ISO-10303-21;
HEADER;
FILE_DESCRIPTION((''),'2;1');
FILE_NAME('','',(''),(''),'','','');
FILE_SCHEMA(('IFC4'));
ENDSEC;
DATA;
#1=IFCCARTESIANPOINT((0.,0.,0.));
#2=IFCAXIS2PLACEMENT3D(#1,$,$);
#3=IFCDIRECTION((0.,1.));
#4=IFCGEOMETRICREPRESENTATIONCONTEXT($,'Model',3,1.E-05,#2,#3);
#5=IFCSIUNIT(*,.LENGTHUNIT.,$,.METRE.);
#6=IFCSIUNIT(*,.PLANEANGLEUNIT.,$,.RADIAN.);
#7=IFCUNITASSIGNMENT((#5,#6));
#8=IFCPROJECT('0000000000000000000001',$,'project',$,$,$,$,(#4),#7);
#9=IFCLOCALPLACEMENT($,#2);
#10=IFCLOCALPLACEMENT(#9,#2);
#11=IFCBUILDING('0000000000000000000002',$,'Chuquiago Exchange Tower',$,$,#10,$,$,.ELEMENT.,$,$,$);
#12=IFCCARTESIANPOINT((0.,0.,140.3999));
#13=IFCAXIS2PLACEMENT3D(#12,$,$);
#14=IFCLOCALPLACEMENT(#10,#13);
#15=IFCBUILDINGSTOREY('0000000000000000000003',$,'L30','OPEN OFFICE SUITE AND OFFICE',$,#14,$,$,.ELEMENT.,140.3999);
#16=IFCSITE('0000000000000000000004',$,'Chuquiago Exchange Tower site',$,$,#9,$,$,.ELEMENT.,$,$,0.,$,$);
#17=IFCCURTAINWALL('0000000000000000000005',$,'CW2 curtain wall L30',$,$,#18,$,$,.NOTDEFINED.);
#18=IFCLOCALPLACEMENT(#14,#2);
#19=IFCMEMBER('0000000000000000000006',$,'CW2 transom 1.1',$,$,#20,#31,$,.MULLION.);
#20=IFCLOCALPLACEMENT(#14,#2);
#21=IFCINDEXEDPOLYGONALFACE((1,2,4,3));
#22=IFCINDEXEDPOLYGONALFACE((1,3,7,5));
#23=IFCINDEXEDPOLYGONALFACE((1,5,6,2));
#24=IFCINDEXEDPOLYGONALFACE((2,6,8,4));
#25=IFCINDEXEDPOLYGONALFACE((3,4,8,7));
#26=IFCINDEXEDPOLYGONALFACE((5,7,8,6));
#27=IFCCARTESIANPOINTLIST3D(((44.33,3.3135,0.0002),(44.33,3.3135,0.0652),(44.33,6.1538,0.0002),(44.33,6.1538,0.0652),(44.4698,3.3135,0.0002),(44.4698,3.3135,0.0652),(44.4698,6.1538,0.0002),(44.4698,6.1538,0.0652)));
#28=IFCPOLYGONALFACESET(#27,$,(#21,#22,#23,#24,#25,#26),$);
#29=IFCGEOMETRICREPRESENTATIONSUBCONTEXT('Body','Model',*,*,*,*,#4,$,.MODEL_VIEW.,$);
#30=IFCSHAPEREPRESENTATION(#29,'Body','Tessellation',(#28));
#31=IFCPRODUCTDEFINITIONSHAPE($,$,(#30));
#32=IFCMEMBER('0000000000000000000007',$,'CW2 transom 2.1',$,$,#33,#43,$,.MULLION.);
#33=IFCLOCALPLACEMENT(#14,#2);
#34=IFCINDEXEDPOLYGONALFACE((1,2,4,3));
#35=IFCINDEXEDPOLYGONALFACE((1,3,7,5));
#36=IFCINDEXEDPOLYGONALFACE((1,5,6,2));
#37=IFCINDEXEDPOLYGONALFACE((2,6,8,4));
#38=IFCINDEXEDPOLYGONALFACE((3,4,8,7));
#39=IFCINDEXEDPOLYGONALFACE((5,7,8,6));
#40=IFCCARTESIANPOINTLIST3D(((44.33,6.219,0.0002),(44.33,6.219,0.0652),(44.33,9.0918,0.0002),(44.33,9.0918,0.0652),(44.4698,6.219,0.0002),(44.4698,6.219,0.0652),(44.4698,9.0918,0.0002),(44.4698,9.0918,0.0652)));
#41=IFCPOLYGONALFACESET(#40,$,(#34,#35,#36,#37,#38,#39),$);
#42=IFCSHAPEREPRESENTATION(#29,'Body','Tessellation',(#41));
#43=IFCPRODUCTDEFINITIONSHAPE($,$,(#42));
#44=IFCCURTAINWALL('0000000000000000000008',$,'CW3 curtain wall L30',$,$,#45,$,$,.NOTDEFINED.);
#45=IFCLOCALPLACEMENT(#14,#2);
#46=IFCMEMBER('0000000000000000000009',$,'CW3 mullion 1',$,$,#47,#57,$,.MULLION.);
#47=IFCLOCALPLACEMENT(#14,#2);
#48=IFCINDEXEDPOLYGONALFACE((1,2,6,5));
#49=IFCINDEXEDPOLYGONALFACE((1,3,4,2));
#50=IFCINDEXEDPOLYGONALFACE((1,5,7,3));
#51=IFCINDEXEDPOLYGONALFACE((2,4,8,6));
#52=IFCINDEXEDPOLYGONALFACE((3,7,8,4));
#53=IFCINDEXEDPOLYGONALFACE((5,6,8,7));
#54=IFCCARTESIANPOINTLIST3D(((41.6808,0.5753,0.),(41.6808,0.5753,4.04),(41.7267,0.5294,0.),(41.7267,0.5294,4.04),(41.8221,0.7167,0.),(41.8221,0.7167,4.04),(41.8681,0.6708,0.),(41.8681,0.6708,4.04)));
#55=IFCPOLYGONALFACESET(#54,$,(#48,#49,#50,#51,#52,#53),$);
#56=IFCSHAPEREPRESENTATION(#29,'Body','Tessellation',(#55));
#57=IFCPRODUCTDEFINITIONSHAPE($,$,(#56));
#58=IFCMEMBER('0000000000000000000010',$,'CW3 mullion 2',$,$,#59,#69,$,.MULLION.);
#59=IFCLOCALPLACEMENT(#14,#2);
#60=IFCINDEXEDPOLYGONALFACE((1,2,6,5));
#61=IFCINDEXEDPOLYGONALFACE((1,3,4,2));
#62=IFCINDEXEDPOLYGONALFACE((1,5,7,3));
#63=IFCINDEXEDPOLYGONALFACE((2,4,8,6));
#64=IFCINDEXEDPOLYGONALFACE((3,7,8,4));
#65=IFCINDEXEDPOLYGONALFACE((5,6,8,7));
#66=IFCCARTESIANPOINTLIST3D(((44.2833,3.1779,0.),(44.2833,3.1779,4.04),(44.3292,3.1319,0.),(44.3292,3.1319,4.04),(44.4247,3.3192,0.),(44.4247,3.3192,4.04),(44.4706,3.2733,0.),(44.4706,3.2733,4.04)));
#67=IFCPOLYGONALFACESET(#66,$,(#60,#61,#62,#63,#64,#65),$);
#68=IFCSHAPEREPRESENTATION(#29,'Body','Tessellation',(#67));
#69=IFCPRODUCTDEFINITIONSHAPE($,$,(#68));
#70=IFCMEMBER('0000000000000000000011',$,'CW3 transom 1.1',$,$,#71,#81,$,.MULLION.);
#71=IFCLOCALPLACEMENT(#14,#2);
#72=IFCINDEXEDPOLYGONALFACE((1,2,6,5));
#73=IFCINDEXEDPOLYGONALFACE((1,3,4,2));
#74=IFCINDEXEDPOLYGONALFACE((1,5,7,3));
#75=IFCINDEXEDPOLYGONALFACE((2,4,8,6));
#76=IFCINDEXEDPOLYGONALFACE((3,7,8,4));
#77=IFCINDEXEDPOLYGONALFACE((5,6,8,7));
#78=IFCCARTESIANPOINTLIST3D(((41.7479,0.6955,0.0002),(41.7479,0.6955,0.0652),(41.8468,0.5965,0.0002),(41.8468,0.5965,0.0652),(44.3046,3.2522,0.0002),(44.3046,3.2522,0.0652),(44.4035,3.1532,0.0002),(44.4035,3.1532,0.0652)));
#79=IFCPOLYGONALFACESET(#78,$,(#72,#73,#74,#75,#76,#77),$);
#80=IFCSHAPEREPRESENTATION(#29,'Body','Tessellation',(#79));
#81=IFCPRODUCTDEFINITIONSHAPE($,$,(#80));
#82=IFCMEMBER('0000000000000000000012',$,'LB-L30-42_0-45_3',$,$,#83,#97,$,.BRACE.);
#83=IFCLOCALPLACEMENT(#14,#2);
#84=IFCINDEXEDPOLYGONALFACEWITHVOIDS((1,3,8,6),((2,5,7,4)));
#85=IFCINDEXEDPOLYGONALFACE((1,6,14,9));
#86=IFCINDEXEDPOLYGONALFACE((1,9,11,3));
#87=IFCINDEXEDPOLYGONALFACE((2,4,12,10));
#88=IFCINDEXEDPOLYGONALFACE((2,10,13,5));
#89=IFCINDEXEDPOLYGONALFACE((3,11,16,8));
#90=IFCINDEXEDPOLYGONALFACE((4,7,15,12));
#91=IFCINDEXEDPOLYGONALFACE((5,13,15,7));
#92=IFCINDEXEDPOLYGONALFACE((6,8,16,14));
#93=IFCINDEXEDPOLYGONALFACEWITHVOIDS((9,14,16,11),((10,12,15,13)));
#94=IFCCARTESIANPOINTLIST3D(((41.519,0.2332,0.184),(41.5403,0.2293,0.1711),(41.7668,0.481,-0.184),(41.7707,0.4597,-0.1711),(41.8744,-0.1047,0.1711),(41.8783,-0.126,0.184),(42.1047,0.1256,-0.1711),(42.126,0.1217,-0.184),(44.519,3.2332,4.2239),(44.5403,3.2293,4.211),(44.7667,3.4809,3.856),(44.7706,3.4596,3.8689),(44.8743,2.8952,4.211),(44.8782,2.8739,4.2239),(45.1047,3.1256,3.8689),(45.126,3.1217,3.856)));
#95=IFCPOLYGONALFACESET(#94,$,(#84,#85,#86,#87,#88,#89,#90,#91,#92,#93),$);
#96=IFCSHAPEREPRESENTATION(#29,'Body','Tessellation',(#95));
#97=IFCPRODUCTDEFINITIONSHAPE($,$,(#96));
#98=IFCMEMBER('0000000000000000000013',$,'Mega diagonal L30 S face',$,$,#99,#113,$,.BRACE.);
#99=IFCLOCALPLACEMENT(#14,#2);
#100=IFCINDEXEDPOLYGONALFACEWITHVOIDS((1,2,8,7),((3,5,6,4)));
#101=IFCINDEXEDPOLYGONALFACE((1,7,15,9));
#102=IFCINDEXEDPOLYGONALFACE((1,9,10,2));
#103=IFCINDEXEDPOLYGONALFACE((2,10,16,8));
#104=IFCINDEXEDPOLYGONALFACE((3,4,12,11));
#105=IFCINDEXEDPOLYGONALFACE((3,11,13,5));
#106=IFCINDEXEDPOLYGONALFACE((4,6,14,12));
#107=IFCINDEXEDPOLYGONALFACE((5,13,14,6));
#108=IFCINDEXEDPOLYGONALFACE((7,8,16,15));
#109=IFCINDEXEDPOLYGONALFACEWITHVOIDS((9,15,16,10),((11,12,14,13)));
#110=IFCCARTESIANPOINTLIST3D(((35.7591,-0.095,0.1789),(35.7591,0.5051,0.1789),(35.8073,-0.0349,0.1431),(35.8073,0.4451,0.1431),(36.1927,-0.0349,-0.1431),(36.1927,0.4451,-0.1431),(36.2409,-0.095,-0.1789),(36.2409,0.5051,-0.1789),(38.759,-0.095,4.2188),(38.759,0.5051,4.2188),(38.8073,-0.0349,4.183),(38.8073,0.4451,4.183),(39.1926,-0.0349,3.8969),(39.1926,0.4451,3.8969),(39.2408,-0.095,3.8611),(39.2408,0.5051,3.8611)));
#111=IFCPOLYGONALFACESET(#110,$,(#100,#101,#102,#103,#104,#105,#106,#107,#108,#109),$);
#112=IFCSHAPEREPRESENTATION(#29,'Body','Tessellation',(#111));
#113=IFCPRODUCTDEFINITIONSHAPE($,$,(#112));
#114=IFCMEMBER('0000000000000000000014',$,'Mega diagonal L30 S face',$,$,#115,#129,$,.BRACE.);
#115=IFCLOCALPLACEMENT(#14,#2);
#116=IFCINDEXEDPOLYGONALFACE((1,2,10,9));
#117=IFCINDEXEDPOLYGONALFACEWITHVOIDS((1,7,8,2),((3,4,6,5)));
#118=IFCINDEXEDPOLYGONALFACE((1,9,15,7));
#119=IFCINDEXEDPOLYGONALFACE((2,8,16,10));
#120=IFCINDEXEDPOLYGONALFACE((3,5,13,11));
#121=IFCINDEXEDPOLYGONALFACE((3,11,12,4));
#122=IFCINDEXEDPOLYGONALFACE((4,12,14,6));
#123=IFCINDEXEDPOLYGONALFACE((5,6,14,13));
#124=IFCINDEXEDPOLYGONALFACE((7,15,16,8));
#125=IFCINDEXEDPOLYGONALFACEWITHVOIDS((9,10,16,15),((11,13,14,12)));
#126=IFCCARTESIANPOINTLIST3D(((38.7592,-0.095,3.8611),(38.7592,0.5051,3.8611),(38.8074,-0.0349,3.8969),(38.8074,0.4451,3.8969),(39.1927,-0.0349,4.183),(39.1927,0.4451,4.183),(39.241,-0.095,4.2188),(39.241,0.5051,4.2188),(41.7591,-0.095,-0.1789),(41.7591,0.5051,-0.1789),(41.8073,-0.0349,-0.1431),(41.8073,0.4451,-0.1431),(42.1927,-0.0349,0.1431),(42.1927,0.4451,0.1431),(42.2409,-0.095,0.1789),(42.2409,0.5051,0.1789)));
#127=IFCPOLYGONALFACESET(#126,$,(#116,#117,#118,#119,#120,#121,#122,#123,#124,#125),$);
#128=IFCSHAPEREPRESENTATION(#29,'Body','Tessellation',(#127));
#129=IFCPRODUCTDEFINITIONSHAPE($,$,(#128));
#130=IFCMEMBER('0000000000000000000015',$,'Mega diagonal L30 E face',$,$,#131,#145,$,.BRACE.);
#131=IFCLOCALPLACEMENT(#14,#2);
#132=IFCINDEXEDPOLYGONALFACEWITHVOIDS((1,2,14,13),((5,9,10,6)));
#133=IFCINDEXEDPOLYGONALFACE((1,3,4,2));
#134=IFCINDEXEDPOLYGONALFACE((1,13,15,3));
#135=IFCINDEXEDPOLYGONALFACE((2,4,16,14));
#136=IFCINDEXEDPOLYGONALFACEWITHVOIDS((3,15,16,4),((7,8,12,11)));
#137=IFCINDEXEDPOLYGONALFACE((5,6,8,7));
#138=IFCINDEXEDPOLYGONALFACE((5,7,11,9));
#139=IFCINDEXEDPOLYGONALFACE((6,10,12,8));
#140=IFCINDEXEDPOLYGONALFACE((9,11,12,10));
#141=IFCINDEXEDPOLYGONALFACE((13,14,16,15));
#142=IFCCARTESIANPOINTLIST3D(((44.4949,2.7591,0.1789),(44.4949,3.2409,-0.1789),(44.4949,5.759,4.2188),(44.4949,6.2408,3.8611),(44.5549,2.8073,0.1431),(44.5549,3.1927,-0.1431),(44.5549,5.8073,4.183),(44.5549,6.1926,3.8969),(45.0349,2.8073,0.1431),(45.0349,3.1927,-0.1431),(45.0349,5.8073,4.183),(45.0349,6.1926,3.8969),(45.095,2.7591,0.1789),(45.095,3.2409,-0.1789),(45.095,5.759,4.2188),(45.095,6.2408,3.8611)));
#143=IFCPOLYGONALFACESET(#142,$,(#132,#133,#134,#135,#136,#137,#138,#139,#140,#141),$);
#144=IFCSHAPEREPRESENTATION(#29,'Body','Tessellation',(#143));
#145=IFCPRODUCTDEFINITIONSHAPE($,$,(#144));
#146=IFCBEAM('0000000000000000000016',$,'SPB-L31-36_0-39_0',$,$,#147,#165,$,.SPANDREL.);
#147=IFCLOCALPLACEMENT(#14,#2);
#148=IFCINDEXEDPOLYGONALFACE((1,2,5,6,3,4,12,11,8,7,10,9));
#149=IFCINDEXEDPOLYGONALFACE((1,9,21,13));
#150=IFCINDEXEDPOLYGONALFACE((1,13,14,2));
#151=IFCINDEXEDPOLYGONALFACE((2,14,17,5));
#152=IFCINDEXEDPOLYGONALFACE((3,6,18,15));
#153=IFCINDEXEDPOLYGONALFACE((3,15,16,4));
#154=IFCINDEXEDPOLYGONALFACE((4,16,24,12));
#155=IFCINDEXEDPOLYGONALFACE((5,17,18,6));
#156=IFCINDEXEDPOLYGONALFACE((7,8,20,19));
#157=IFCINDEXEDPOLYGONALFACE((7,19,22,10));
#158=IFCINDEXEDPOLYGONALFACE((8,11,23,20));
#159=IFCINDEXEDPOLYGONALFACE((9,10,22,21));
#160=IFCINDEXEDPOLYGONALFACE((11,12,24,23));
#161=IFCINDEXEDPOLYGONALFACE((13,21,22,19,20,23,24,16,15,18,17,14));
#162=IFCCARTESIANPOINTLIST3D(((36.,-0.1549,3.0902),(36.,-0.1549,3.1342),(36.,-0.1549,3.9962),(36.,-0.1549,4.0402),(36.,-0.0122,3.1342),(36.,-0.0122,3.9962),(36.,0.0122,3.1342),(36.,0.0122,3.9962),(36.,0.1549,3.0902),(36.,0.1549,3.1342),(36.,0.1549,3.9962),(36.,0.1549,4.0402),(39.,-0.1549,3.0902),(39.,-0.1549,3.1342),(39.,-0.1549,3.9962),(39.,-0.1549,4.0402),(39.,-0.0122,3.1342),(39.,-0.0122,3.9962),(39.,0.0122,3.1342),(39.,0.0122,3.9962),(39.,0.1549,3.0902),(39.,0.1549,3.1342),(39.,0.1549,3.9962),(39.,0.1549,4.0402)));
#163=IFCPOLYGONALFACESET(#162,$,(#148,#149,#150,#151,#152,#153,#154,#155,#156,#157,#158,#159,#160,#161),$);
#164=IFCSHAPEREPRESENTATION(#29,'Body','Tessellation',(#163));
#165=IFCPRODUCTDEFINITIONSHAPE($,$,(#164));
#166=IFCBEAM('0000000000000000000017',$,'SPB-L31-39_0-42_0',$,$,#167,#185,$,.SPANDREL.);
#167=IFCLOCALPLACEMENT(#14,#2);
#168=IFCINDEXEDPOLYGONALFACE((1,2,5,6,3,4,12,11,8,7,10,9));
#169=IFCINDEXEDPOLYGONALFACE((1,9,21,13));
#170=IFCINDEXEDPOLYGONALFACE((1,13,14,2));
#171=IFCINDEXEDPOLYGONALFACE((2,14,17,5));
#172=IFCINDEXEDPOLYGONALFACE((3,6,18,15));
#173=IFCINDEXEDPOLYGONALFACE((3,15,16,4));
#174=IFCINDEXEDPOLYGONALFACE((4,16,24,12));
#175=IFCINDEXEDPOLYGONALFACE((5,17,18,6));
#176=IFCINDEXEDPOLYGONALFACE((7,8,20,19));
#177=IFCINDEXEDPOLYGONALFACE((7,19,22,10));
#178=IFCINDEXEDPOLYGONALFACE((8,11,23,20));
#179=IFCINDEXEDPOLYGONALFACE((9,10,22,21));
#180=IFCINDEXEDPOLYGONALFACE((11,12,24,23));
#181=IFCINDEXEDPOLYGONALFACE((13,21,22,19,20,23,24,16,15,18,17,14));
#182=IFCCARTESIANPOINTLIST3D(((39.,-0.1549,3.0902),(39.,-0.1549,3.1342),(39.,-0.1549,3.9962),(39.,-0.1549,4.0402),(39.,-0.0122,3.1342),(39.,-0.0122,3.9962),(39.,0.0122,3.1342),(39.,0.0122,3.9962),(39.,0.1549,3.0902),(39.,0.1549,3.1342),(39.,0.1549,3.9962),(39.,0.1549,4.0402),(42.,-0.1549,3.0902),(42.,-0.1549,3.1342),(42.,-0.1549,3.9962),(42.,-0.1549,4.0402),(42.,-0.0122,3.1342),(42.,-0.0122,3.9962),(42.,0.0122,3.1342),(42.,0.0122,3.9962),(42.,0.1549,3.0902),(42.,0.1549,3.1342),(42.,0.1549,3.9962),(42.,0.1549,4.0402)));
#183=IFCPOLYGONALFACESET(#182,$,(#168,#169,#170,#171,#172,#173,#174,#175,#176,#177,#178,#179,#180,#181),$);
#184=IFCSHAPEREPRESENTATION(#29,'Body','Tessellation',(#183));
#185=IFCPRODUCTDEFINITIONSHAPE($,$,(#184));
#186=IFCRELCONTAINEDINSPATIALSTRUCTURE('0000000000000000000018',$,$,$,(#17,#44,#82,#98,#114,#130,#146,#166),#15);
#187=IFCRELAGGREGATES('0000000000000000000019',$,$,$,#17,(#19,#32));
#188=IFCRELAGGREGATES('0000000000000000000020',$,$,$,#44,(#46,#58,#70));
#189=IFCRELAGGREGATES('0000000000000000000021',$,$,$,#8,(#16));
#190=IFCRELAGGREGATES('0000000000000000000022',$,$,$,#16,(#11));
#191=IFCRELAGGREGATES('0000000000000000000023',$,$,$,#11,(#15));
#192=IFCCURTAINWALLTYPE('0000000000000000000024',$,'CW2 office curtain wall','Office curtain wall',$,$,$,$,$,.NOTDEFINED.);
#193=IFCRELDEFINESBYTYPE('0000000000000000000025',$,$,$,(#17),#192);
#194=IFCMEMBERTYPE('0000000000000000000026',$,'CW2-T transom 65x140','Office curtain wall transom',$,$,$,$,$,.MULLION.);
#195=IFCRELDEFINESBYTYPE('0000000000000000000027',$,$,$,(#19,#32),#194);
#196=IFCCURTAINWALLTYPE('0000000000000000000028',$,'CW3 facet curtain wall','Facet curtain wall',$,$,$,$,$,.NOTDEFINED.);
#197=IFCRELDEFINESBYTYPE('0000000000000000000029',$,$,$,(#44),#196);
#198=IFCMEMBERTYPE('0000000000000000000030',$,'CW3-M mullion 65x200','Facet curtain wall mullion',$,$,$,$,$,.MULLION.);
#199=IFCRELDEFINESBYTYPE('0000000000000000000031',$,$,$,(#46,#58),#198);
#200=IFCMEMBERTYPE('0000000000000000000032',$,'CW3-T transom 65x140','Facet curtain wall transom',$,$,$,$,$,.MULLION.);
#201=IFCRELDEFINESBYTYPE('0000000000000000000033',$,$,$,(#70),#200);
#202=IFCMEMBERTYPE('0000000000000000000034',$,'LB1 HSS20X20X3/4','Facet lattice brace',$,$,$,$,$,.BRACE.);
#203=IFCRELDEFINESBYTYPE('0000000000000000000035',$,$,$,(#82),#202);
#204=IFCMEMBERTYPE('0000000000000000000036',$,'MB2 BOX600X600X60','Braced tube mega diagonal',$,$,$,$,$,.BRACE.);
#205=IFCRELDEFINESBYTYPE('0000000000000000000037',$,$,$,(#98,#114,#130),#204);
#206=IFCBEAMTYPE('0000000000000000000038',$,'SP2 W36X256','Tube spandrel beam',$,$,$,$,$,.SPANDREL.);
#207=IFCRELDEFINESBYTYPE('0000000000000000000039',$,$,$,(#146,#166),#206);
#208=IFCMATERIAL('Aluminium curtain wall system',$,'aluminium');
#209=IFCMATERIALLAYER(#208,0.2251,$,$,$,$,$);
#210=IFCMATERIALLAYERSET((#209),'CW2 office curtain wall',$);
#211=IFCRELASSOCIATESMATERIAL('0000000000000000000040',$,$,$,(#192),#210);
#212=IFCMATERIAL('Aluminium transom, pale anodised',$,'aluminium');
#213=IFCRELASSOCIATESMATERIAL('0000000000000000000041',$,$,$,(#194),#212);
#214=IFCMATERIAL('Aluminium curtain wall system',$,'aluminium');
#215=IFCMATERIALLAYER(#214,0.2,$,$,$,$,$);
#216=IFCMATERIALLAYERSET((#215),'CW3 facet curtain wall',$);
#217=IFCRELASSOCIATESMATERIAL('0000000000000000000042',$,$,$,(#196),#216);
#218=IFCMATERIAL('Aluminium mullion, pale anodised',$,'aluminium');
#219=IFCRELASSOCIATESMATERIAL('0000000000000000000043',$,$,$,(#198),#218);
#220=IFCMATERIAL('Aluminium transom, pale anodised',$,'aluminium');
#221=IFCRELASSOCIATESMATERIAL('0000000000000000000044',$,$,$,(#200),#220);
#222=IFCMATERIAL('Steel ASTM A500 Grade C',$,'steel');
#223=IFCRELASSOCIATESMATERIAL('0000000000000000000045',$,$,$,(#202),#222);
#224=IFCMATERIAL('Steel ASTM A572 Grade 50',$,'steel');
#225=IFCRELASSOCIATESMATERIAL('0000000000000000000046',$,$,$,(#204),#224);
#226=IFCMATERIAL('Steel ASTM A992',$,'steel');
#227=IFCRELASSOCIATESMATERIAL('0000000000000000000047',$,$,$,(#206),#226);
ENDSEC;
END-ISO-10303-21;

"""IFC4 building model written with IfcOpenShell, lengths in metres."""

from ifc_helpers import new_model, si_unit, direction, frame, origin, origin_2d, place, context, subcontext, project, spatial, rectangle, hollow_rectangle, i_section, extrude, material, layer, layer_set, material_profile, profile_set, type_object, element, aggregate, save


model = new_model("IFC4")

# Units and contexts
model_context = context("Model", 3, precision=1e-05, world=origin(), true_north=direction((0.0, 1.0)))
body_context = subcontext(model_context, "Body", "Model", "MODEL_VIEW")
ifc_project = project(units=[si_unit("LENGTHUNIT", "METRE"), si_unit("PLANEANGLEUNIT", "RADIAN")], contexts=[model_context])

# Site, building, storey
site_placement = place(None, origin())
site = spatial("IfcSite", under=ifc_project, at=site_placement, Name="Chuquiago Exchange Tower site", CompositionType="ELEMENT", RefElevation=0.0)
building_placement = place(site_placement, origin())
building = spatial("IfcBuilding", under=site, at=building_placement, Name="Chuquiago Exchange Tower", CompositionType="ELEMENT")
storey_placement = place(building_placement, frame((0.0, 0.0, 140.3999)))
storey = spatial("IfcBuildingStorey", under=building, at=storey_placement, Name="L30", Description="OPEN OFFICE SUITE AND OFFICE", CompositionType="ELEMENT", Elevation=140.3999)

# Curtain wall
ifc_material_1 = material(Name="Aluminium curtain wall system", Category="aluminium")
ifc_layer_1 = layer(ifc_material_1, 0.2251)
ifc_layer_set_1 = layer_set([ifc_layer_1], Name="CW2 office curtain wall")
curtain_wall_type_1 = type_object("IfcCurtainWallType", Name="CW2 office curtain wall", Description="Office curtain wall", PredefinedType="NOTDEFINED", material=ifc_layer_set_1)
curtain_wall_1_placement = place(storey_placement, origin())
curtain_wall_1 = element("IfcCurtainWall", 1, at=curtain_wall_1_placement, inside=storey, type_object=curtain_wall_type_1, Name="CW2 curtain wall L30", PredefinedType="NOTDEFINED")

# Members
ifc_material_2 = material(Name="Aluminium transom, pale anodised", Category="aluminium")
ifc_material_profile_1 = material_profile(ifc_material_2, rectangle(XDim=0.1399, YDim=0.0649, at=origin_2d()), Name="AL 140x65")
ifc_profile_set_1 = profile_set([ifc_material_profile_1], Name="Aluminium transom, pale anodised")
member_type_1 = type_object("IfcMemberType", Name="CW2-T transom 65x140", Description="Office curtain wall transom", PredefinedType="MULLION", material=ifc_profile_set_1)
member_1_placement = place(storey_placement, frame((44.3999, 3.3135, 0.0327), z_axis=(0.0, 1.0, 0.0), x_axis=(-1.0, 0.0, 0.0)))
member_1 = element("IfcMember", 2, at=member_1_placement, type_object=member_type_1, Name="CW2 transom 1.1", PredefinedType="MULLION", context=body_context, shape_type="SweptSolid", body=[
    extrude(rectangle(XDim=0.1399, YDim=0.0649, at=origin_2d()), origin(), (0.0, 0.0, 1.0), 2.8403),
])
member_2_placement = place(storey_placement, frame((44.3999, 6.219, 0.0327), z_axis=(0.0, 1.0, 0.0), x_axis=(-1.0, 0.0, 0.0)))
member_2 = element("IfcMember", 3, at=member_2_placement, type_object=member_type_1, Name="CW2 transom 2.1", PredefinedType="MULLION", context=body_context, shape_type="SweptSolid", body=[
    extrude(rectangle(XDim=0.1399, YDim=0.0649, at=origin_2d()), origin(), (0.0, 0.0, 1.0), 2.8728),
])

# Curtain wall, members
ifc_material_3 = material(Name="Aluminium curtain wall system", Category="aluminium")
ifc_layer_2 = layer(ifc_material_3, 0.2)
ifc_layer_set_2 = layer_set([ifc_layer_2], Name="CW3 facet curtain wall")
curtain_wall_type_2 = type_object("IfcCurtainWallType", Name="CW3 facet curtain wall", Description="Facet curtain wall", PredefinedType="NOTDEFINED", material=ifc_layer_set_2)
curtain_wall_2_placement = place(storey_placement, origin())
curtain_wall_2 = element("IfcCurtainWall", 4, at=curtain_wall_2_placement, inside=storey, type_object=curtain_wall_type_2, Name="CW3 curtain wall L30", PredefinedType="NOTDEFINED")
ifc_material_4 = material(Name="Aluminium mullion, pale anodised", Category="aluminium")
ifc_material_profile_2 = material_profile(ifc_material_4, rectangle(XDim=0.0649, YDim=0.2, at=origin_2d()), Name="AL 65x200")
ifc_profile_set_2 = profile_set([ifc_material_profile_2], Name="Aluminium mullion, pale anodised")
member_type_2 = type_object("IfcMemberType", Name="CW3-M mullion 65x200", Description="Facet curtain wall mullion", PredefinedType="MULLION", material=ifc_profile_set_2)
member_3_placement = place(storey_placement, frame((41.7744, 0.623, 0.0), z_axis=(0.0, 0.0, 1.0), x_axis=(-0.707107, 0.707107, 0.0)))
member_3 = element("IfcMember", 5, at=member_3_placement, type_object=member_type_2, Name="CW3 mullion 1", PredefinedType="MULLION", context=body_context, shape_type="SweptSolid", body=[
    extrude(rectangle(XDim=0.0649, YDim=0.2, at=origin_2d()), origin(), (0.0, 0.0, 1.0), 4.04),
])
member_4_placement = place(storey_placement, frame((44.377, 3.2256, 0.0), z_axis=(0.0, 0.0, 1.0), x_axis=(-0.707107, 0.707107, 0.0)))
member_4 = element("IfcMember", 6, at=member_4_placement, type_object=member_type_2, Name="CW3 mullion 2", PredefinedType="MULLION", context=body_context, shape_type="SweptSolid", body=[
    extrude(rectangle(XDim=0.0649, YDim=0.2, at=origin_2d()), origin(), (0.0, 0.0, 1.0), 4.04),
])
ifc_material_5 = material(Name="Aluminium transom, pale anodised", Category="aluminium")
ifc_material_profile_3 = material_profile(ifc_material_5, rectangle(XDim=0.1399, YDim=0.0649, at=origin_2d()), Name="AL 140x65")
ifc_profile_set_3 = profile_set([ifc_material_profile_3], Name="Aluminium transom, pale anodised")
member_type_3 = type_object("IfcMemberType", Name="CW3-T transom 65x140", Description="Facet curtain wall transom", PredefinedType="MULLION", material=ifc_profile_set_3)
member_5_placement = place(storey_placement, frame((41.7974, 0.646, 0.0327), z_axis=(0.707107, 0.707107, 0.0), x_axis=(-0.707107, 0.707107, 0.0)))
member_5 = element("IfcMember", 7, at=member_5_placement, type_object=member_type_3, Name="CW3 transom 1.1", PredefinedType="MULLION", context=body_context, shape_type="SweptSolid", body=[
    extrude(rectangle(XDim=0.1399, YDim=0.0649, at=origin_2d()), origin(), (0.0, 0.0, 1.0), 3.6157),
])

# Members
ifc_material_6 = material(Name="Steel ASTM A500 Grade C", Category="steel")
ifc_material_profile_4 = material_profile(ifc_material_6, hollow_rectangle(XDim=0.5081, YDim=0.5081, WallThickness=0.0178, at=origin_2d()), Name="HSS20X20X3/4")
ifc_profile_set_4 = profile_set([ifc_material_profile_4], Name="Steel ASTM A500 Grade C")
member_type_4 = type_object("IfcMemberType", Name="LB1 HSS20X20X3/4", Description="Facet lattice brace", PredefinedType="BRACE", material=ifc_profile_set_4)
member_6_placement = place(storey_placement, frame((41.8225, 0.1775, 0.0), z_axis=(0.512077, 0.512077, 0.689604), x_axis=(-0.707107, 0.707107, 0.0)))
element("IfcMember", 8, at=member_6_placement, inside=storey, type_object=member_type_4, Name="LB-L30-42_0-45_3", PredefinedType="BRACE", context=body_context, shape_type="SweptSolid", body=[
    extrude(hollow_rectangle(XDim=0.5081, YDim=0.5081, WallThickness=0.0178, at=origin_2d()), origin(), (0.0, 0.0, 1.0), 5.8584),
])
ifc_material_7 = material(Name="Steel ASTM A572 Grade 50", Category="steel")
ifc_material_profile_5 = material_profile(ifc_material_7, hollow_rectangle(XDim=0.6001, YDim=0.6001, WallThickness=0.0601, at=origin_2d()), Name="BOX600X600X60")
ifc_profile_set_5 = profile_set([ifc_material_profile_5], Name="Steel ASTM A572 Grade 50")
member_type_5 = type_object("IfcMemberType", Name="MB2 BOX600X600X60", Description="Braced tube mega diagonal", PredefinedType="BRACE", material=ifc_profile_set_5)
for number, where, z_axis, x_axis, name in (
    (9, (36.0, 0.2051, 0.0), (0.596174, 0.0, 0.802855), (0.0, 1.0, 0.0), "Mega diagonal L30 S face"),
    (10, (42.0, 0.2051, 0.0), (-0.596174, 0.0, 0.802855), (0.0, -1.0, 0.0), "Mega diagonal L30 S face"),
    (11, (44.7949, 3.0, 0.0), (0.0, 0.596174, 0.802855), (-1.0, 0.0, 0.0), "Mega diagonal L30 E face"),
):
    element("IfcMember", number, at=place(storey_placement, frame(where, z_axis=z_axis, x_axis=x_axis)), inside=storey, type_object=member_type_5, Name=name, PredefinedType="BRACE", context=body_context, shape_type="SweptSolid", body=[
        extrude(hollow_rectangle(XDim=0.6001, YDim=0.6001, WallThickness=0.0601, at=origin_2d()), origin(), (0.0, 0.0, 1.0), 5.032),
    ])

# Beams
ifc_material_8 = material(Name="Steel ASTM A992", Category="steel")
ifc_material_profile_6 = material_profile(ifc_material_8, i_section(OverallWidth=0.3098, OverallDepth=0.95, WebThickness=0.0244, FlangeThickness=0.0439, at=origin_2d()), Name="W36X256")
ifc_profile_set_6 = profile_set([ifc_material_profile_6], Name="Steel ASTM A992")
beam_type = type_object("IfcBeamType", Name="SP2 W36X256", Description="Tube spandrel beam", PredefinedType="SPANDREL", material=ifc_profile_set_6)
for number, where, z_axis, x_axis, name in (
    (12, (36.0, 0.0, 3.5652), (1.0, 0.0, 0.0), (0.0, 1.0, 0.0), "SPB-L31-36_0-39_0"),
    (13, (39.0, 0.0, 3.5652), (1.0, 0.0, 0.0), (0.0, 1.0, 0.0), "SPB-L31-39_0-42_0"),
):
    element("IfcBeam", number, at=place(storey_placement, frame(where, z_axis=z_axis, x_axis=x_axis)), inside=storey, type_object=beam_type, Name=name, PredefinedType="SPANDREL", context=body_context, shape_type="SweptSolid", body=[
        extrude(i_section(OverallWidth=0.3098, OverallDepth=0.95, WebThickness=0.0244, FlangeThickness=0.0439, at=origin_2d()), origin(), (0.0, 0.0, 1.0), 3.0),
    ])

aggregate(curtain_wall_1, [member_1, member_2])
aggregate(curtain_wall_2, [member_3, member_4, member_5])

save(model, "model.ifc")
